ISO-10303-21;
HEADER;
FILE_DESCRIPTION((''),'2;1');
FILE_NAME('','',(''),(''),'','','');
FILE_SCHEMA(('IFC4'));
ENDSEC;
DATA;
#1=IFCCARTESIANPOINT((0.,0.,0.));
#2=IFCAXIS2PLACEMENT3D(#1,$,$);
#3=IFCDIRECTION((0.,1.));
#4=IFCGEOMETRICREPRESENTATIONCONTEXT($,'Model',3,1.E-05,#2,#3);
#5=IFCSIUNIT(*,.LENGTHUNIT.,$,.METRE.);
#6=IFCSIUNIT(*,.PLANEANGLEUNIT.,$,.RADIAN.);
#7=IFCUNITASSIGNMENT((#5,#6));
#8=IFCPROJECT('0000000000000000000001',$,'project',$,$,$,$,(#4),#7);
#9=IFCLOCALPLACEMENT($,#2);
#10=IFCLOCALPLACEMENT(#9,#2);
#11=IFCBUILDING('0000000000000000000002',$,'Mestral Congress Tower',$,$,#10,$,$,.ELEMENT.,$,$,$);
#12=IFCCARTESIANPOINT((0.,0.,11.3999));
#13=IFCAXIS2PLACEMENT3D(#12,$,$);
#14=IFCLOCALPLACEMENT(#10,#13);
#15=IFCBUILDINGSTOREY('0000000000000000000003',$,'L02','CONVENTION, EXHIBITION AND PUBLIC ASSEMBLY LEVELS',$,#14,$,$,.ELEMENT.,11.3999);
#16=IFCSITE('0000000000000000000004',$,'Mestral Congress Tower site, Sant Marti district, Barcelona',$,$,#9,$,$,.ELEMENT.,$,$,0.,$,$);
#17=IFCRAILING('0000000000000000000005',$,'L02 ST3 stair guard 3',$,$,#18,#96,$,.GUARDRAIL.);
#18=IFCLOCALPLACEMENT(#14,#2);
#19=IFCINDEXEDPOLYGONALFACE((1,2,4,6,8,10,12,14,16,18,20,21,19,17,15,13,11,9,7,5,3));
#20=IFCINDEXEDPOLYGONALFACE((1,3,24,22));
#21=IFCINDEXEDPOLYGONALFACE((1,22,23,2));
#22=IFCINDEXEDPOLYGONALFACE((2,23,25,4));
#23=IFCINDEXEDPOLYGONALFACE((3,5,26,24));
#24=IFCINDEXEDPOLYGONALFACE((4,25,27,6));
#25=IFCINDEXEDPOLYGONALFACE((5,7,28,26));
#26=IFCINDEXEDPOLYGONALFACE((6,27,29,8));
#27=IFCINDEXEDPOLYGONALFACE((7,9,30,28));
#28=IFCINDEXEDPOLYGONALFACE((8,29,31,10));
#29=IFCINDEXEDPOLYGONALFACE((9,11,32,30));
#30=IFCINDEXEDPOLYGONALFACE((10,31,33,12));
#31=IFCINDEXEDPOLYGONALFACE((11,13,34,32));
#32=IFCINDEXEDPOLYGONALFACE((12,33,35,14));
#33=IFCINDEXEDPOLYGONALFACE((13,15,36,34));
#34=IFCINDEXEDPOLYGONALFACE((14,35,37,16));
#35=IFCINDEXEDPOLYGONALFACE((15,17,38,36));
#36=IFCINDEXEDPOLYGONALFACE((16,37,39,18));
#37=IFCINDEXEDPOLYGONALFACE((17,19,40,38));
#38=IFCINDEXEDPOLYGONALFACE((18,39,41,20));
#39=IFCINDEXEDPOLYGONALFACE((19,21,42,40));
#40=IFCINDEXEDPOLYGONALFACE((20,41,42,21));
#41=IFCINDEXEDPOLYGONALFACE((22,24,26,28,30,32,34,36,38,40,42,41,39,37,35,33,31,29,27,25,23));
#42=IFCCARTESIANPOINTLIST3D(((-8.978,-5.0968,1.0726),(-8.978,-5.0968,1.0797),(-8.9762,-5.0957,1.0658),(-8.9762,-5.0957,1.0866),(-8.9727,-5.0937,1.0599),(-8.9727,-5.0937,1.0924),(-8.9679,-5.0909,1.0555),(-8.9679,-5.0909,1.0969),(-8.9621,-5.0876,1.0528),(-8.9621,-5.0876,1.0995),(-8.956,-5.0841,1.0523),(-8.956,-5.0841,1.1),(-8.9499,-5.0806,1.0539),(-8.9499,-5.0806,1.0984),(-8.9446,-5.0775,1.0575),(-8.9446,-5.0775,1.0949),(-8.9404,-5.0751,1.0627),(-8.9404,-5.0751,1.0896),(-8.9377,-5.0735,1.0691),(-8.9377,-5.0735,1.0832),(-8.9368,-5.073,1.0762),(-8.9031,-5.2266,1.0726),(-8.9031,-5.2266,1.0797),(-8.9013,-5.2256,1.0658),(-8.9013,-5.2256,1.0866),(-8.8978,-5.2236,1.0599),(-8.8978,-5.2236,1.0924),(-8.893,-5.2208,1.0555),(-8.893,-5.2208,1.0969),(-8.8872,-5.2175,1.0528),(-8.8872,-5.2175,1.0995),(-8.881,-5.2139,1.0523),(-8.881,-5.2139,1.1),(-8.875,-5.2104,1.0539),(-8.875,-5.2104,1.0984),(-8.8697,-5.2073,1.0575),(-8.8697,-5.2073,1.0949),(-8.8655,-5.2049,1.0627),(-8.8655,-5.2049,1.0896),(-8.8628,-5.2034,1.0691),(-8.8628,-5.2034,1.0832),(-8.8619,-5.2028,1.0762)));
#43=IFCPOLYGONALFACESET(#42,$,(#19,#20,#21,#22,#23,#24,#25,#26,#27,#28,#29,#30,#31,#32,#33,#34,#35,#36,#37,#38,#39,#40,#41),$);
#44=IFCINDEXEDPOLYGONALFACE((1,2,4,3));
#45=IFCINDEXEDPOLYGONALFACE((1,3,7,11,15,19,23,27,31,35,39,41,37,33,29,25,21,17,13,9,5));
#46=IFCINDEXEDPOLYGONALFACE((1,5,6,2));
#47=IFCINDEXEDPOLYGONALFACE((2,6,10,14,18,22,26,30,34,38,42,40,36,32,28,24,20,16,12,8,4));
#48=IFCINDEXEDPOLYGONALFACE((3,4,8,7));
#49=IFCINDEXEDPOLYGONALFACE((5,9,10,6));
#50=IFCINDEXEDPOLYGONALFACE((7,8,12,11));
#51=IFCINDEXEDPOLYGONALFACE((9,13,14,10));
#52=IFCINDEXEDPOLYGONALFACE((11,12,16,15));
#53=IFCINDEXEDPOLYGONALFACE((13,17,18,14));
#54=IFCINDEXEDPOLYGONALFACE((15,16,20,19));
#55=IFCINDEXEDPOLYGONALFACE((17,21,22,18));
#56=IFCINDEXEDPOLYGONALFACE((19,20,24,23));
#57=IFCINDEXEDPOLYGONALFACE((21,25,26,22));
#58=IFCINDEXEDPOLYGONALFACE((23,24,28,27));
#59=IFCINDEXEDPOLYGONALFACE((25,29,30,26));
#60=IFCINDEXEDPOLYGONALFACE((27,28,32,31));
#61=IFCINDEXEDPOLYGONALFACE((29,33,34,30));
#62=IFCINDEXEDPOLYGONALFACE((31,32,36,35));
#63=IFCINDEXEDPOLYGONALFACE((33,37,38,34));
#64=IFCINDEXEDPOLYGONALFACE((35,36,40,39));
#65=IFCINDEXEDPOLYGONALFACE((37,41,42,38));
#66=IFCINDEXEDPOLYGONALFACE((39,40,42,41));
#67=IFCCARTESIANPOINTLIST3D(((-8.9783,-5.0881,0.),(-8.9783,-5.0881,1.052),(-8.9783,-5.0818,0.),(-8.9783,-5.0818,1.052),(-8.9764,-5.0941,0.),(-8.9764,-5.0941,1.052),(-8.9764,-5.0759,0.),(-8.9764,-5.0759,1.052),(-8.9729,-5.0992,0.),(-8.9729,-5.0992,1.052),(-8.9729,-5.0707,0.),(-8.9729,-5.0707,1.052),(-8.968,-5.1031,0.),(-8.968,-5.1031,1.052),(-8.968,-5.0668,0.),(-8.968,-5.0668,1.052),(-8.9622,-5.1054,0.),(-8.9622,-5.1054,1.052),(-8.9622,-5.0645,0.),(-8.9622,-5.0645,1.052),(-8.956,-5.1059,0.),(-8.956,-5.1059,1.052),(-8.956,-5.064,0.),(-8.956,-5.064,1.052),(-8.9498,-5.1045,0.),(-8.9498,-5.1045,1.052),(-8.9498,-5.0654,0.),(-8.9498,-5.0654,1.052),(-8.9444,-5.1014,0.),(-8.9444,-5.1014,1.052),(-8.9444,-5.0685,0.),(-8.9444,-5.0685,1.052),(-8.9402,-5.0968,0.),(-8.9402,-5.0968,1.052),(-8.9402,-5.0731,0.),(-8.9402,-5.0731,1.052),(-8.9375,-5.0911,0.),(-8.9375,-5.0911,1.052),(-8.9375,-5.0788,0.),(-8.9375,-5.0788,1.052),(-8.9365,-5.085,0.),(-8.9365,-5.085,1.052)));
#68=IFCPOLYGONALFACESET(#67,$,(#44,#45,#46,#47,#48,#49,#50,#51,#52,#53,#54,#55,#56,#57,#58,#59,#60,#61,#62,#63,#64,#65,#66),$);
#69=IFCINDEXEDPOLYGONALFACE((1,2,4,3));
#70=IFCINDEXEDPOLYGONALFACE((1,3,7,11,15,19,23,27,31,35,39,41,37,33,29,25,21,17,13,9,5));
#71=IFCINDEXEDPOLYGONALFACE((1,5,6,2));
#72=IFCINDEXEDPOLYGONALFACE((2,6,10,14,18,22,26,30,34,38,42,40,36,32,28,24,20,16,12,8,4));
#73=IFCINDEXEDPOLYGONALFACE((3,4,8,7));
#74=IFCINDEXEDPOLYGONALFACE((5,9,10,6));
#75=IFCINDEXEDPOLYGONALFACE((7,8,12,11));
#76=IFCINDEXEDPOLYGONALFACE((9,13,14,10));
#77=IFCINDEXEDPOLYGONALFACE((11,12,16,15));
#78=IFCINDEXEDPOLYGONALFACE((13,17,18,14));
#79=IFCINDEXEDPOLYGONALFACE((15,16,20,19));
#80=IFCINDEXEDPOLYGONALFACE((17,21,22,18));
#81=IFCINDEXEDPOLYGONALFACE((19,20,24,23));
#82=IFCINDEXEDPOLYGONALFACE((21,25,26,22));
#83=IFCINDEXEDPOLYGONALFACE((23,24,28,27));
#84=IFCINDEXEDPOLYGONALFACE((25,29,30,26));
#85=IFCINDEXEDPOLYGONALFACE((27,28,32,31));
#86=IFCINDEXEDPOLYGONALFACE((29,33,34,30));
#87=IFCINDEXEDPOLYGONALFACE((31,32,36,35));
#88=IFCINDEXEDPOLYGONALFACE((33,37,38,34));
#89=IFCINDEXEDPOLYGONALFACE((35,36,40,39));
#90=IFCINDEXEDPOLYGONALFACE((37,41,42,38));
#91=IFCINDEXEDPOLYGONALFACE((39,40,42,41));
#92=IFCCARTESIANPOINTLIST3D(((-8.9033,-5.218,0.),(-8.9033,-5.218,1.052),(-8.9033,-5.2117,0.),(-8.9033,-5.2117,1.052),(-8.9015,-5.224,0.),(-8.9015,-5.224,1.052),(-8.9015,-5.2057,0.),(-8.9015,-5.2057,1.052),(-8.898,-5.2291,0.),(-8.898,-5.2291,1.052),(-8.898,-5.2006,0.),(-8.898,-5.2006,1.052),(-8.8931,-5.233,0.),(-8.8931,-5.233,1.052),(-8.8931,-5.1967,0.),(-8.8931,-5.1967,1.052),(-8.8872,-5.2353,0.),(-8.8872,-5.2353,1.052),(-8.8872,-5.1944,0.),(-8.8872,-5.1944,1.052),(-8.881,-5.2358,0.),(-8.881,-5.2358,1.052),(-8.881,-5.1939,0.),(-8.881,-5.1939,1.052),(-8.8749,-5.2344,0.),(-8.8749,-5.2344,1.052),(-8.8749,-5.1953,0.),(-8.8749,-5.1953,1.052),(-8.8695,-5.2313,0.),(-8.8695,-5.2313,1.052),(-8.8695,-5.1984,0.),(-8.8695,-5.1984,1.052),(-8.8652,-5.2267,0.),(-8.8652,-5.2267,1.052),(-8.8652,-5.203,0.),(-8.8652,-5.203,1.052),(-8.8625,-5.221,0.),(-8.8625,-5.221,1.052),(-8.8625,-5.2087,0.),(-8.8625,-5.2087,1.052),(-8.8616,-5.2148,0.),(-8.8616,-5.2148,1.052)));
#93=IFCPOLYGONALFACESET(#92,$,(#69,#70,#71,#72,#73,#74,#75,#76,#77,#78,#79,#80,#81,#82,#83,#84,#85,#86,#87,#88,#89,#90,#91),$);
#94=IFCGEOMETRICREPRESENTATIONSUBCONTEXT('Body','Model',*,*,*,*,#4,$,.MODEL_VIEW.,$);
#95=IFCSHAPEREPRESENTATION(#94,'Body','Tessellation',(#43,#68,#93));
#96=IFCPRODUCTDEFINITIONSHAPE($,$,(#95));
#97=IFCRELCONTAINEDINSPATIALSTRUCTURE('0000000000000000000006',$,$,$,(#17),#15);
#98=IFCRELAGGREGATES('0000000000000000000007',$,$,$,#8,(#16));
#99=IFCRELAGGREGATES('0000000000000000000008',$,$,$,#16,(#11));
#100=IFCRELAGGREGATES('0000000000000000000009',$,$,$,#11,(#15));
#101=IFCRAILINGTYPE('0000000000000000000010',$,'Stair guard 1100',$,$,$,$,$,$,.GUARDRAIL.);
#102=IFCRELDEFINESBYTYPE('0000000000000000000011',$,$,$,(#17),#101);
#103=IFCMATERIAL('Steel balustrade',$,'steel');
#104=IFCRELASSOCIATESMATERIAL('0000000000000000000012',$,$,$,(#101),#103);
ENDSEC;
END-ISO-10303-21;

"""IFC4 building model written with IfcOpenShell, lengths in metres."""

from ifc_helpers import new_model, si_unit, direction, frame, origin, origin_2d, place, context, subcontext, project, spatial, circle, extrude, material, type_object, element, save


model = new_model("IFC4")

# Units and contexts
model_context = context("Model", 3, precision=1e-05, world=origin(), true_north=direction((0.0, 1.0)))
body_context = subcontext(model_context, "Body", "Model", "MODEL_VIEW")
ifc_project = project(units=[si_unit("LENGTHUNIT", "METRE"), si_unit("PLANEANGLEUNIT", "RADIAN")], contexts=[model_context])

# Site, building, storey
site_placement = place(None, origin())
site = spatial("IfcSite", under=ifc_project, at=site_placement, Name="Mestral Congress Tower site, Sant Marti district, Barcelona", CompositionType="ELEMENT", RefElevation=0.0)
building_placement = place(site_placement, origin())
building = spatial("IfcBuilding", under=site, at=building_placement, Name="Mestral Congress Tower", CompositionType="ELEMENT")
storey_placement = place(building_placement, frame((0.0, 0.0, 11.3999)))
storey = spatial("IfcBuildingStorey", under=building, at=storey_placement, Name="L02", Description="CONVENTION, EXHIBITION AND PUBLIC ASSEMBLY LEVELS", CompositionType="ELEMENT", Elevation=11.3999)

# Railing
ifc_material_1 = material(Name="Steel balustrade", Category="steel")
railing_type_1 = type_object("IfcRailingType", Name="Stair guard 1100", PredefinedType="GUARDRAIL", material=ifc_material_1)
railing_1_placement = place(storey_placement, frame((-8.9575, -5.085, 0.0)))
element("IfcRailing", 1, at=railing_1_placement, inside=storey, type_object=railing_type_1, Name="L02 ST3 stair guard 3", PredefinedType="GUARDRAIL", context=body_context, shape_type="SweptSolid", body=[
    extrude(circle(Radius=0.0239, at=origin_2d()), frame((0.0, 0.0, 1.0762), z_axis=(0.499816, -0.866131, 0.0), x_axis=(0.866131, 0.499816, 0.0)), (0.0, 0.0, 1.0), 0.1499),
    extrude(circle(Radius=0.021, at=origin_2d()), origin(), (0.0, 0.0, 1.0), 1.052),
    extrude(circle(Radius=0.021, at=origin_2d()), frame((0.075, -0.1299, 0.0)), (0.0, 0.0, 1.0), 1.052),
])

save(model, "model.ifc")
